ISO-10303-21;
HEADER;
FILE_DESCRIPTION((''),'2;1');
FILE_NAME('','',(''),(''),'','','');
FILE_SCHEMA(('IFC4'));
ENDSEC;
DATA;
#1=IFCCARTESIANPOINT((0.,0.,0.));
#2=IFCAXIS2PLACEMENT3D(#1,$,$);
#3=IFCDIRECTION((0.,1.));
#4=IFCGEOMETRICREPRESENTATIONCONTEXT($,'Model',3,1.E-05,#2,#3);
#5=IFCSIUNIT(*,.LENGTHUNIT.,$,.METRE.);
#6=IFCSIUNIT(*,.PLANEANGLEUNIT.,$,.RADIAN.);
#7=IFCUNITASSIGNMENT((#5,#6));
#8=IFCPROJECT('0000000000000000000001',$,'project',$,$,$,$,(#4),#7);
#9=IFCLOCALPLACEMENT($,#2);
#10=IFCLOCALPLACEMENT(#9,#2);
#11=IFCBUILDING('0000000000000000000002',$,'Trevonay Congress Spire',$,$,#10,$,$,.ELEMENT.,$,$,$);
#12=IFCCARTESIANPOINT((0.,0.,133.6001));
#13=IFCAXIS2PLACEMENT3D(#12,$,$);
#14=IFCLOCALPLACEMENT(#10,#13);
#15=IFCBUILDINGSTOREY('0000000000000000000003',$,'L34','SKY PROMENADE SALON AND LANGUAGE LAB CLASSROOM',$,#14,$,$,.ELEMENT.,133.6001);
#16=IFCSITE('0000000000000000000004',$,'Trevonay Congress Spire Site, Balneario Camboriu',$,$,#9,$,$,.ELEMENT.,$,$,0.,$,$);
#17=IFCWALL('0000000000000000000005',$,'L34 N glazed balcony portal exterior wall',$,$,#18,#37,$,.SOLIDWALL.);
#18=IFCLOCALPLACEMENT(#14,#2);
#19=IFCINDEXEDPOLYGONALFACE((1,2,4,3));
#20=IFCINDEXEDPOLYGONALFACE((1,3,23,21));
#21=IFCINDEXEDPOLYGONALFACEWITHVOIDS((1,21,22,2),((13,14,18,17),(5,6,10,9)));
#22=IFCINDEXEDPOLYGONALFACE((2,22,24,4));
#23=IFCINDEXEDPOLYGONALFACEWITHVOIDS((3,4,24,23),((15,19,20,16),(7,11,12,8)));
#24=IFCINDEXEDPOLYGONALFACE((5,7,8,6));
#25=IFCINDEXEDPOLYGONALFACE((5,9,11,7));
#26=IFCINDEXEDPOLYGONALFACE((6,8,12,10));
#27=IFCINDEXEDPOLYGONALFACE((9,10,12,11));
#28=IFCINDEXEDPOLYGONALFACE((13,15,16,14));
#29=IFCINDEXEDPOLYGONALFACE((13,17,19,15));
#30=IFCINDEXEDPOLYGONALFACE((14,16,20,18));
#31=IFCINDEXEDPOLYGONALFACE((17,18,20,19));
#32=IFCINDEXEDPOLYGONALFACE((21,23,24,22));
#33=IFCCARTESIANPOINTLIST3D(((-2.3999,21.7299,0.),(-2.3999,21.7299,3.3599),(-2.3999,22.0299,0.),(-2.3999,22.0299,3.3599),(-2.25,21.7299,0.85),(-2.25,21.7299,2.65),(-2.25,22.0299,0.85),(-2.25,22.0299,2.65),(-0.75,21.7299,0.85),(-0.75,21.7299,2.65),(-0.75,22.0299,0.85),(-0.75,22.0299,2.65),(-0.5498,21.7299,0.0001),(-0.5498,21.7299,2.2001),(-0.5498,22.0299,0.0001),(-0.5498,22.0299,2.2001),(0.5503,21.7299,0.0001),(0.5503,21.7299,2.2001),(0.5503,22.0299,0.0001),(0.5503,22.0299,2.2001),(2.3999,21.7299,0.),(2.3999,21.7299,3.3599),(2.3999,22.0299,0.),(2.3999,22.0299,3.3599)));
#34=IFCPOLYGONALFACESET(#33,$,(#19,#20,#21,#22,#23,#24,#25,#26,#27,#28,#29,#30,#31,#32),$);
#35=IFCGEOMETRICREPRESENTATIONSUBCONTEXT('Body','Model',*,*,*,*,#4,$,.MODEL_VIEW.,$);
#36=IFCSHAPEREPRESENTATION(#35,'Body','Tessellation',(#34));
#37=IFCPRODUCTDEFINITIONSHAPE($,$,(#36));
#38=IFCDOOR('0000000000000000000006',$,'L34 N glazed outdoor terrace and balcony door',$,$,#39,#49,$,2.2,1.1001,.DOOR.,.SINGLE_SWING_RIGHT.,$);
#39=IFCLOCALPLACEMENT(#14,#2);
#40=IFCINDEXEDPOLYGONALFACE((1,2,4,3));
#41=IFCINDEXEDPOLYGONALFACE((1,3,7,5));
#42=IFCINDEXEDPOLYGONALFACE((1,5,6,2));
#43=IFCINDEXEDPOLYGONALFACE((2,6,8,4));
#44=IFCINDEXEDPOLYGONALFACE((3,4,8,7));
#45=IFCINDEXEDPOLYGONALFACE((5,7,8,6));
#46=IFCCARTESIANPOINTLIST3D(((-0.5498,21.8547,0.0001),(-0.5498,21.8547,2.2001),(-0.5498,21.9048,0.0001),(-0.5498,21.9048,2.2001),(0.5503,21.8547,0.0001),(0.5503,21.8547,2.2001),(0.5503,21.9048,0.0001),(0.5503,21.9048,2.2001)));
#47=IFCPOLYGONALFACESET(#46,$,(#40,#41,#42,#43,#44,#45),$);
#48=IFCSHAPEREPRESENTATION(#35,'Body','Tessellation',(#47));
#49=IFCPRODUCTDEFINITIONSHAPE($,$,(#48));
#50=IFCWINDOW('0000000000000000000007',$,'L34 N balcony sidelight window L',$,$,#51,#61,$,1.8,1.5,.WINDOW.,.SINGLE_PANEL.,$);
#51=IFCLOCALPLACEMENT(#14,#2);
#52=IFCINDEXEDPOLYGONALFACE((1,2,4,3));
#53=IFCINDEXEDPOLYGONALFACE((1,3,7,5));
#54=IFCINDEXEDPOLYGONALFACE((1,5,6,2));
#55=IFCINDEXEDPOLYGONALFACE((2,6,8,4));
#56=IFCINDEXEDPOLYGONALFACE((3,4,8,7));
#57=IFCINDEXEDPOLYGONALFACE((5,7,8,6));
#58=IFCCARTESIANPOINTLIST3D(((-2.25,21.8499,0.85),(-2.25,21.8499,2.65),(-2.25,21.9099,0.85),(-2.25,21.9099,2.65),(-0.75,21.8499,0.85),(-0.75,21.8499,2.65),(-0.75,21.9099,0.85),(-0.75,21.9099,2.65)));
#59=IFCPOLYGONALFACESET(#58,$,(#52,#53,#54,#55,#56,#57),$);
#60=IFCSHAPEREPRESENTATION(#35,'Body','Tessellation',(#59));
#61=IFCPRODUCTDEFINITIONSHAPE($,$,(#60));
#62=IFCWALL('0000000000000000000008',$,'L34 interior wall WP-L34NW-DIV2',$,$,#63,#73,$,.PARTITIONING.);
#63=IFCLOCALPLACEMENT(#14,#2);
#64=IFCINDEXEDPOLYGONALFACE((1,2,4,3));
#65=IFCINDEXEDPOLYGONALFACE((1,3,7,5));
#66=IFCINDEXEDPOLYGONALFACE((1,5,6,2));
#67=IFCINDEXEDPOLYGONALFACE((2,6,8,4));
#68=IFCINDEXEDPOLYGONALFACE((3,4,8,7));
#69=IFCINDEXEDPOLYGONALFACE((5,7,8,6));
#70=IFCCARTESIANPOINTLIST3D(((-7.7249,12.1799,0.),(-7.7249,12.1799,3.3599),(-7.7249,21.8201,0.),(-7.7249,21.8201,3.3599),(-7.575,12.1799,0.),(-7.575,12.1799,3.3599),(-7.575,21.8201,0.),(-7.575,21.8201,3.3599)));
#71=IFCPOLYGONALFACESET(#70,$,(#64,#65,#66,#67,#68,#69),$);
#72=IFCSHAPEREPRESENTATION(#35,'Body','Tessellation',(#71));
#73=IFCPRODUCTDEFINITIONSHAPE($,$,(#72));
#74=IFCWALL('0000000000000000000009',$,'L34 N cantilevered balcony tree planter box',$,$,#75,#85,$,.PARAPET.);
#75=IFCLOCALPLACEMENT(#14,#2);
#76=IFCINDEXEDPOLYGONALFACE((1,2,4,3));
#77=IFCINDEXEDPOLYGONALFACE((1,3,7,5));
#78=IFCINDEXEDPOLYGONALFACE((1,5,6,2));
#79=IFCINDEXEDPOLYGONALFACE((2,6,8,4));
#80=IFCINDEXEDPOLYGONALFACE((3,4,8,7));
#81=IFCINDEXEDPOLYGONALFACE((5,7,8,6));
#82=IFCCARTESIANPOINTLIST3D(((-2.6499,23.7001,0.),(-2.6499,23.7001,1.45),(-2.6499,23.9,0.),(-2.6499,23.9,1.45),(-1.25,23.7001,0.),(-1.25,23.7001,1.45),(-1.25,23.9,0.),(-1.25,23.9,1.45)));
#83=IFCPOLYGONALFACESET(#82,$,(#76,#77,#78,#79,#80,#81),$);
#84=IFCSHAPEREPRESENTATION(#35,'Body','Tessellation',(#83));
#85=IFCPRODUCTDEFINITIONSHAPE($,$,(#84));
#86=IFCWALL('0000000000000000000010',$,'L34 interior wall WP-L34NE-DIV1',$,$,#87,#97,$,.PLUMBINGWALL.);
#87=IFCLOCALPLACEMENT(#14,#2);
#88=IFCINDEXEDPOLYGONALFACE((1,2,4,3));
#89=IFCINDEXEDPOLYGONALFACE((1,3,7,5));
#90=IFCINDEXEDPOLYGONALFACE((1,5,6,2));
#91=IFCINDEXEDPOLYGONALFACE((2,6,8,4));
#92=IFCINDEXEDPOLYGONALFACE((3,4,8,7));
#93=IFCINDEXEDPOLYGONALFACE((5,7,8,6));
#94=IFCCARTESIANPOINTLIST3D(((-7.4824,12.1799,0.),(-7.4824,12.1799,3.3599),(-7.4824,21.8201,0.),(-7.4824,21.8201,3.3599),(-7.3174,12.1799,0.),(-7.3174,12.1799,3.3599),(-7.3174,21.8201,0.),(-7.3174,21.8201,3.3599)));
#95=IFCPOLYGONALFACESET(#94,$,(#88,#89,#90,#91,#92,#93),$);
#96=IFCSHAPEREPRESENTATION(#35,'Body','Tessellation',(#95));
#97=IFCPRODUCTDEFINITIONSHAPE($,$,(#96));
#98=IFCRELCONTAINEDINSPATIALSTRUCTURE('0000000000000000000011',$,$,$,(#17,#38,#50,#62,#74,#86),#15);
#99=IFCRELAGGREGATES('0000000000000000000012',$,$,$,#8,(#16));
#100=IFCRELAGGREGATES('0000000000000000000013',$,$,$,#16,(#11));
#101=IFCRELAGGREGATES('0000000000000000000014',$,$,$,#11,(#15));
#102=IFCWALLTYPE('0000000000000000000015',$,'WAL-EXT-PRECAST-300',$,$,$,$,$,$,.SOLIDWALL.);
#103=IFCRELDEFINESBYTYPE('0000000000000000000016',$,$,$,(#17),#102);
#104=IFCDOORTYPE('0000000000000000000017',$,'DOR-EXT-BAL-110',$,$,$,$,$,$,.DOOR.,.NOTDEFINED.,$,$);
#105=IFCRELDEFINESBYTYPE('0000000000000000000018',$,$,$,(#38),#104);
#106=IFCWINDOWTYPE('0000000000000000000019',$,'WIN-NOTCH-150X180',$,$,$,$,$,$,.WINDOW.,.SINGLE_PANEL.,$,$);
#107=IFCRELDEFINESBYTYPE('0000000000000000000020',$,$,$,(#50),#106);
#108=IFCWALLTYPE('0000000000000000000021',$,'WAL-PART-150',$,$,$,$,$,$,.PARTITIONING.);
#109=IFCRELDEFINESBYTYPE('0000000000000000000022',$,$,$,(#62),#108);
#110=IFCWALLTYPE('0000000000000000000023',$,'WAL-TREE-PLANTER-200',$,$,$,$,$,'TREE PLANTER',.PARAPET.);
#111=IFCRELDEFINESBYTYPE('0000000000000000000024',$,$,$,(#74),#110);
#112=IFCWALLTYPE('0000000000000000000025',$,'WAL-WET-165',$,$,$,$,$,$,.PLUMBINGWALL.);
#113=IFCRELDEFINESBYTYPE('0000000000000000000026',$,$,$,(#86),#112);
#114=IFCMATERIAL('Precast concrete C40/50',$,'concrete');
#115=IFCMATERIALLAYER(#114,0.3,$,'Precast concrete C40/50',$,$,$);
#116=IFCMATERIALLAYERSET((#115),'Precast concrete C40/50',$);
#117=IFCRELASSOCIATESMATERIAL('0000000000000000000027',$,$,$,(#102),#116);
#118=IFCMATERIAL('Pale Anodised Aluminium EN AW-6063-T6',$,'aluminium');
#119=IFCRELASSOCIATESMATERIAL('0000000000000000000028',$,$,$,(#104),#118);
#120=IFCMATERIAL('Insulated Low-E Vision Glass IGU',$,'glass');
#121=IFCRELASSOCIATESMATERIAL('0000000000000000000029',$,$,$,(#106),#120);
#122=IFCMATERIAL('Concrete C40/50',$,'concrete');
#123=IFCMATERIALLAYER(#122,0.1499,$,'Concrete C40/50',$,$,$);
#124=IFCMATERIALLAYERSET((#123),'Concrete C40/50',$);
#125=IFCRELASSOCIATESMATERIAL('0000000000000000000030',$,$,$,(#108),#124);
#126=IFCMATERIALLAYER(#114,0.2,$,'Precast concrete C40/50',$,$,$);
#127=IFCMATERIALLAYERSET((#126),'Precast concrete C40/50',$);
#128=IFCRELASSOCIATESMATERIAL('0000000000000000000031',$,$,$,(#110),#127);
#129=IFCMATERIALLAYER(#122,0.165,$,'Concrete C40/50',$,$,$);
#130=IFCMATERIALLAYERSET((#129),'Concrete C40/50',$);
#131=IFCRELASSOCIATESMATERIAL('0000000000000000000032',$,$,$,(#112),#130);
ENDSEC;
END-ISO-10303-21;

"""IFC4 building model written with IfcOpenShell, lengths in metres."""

from ifc_helpers import new_model, si_unit, direction, frame, frame_2d, origin, place, context, subcontext, project, spatial, rectangle, extrude, material, layer, layer_set, type_object, element, fill, save


model = new_model("IFC4")

# Units and contexts
model_context = context("Model", 3, precision=1e-05, world=origin(), true_north=direction((0.0, 1.0)))
body_context = subcontext(model_context, "Body", "Model", "MODEL_VIEW")
ifc_project = project(units=[si_unit("LENGTHUNIT", "METRE"), si_unit("PLANEANGLEUNIT", "RADIAN")], contexts=[model_context])

# Site, building, storey
site_placement = place(None, origin())
site = spatial("IfcSite", under=ifc_project, at=site_placement, Name="Trevonay Congress Spire Site, Balneario Camboriu", CompositionType="ELEMENT", RefElevation=0.0)
building_placement = place(site_placement, origin())
building = spatial("IfcBuilding", under=site, at=building_placement, Name="Trevonay Congress Spire", CompositionType="ELEMENT")
storey_placement = place(building_placement, frame((0.0, 0.0, 133.6001)))
storey = spatial("IfcBuildingStorey", under=building, at=storey_placement, Name="L34", Description="SKY PROMENADE SALON AND LANGUAGE LAB CLASSROOM", CompositionType="ELEMENT", Elevation=133.6001)

# Shared definitions
ifc_material_1 = material(Name="Pale Anodised Aluminium EN AW-6063-T6", Category="aluminium")

# Shared definitions
ifc_material_2 = material(Name="Insulated Low-E Vision Glass IGU", Category="glass")

# Shared definitions
ifc_material_3 = material(Name="Concrete C40/50", Category="concrete")

# Wall, openings, door, window
ifc_material_4 = material(Name="Precast concrete C40/50", Category="concrete")
ifc_layer_1 = layer(ifc_material_4, 0.3, Name="Precast concrete C40/50")
ifc_layer_set_1 = layer_set([ifc_layer_1], Name="Precast concrete C40/50")
wall_type_1 = type_object("IfcWallType", Name="WAL-EXT-PRECAST-300", PredefinedType="SOLIDWALL", material=ifc_layer_set_1)
wall_1_placement = place(storey_placement, frame((-2.3999, 21.8799, 0.0), z_axis=(0.0, 0.0, 1.0), x_axis=(1.0, 0.0, 0.0)))
wall_1 = element("IfcWall", 1, at=wall_1_placement, inside=storey, type_object=wall_type_1, Name="L34 N glazed balcony portal exterior wall", PredefinedType="SOLIDWALL", context=body_context, shape_type="SweptSolid", body=[
    extrude(rectangle(XDim=4.7998, YDim=0.3, at=frame_2d((2.3999, 0.0))), origin(), (0.0, 0.0, 1.0), 3.3599),
])
opening_1_placement = place(wall_1_placement, frame((1.8501, 0.0, 0.0)))
opening_1 = element("IfcOpeningElement", 2, at=opening_1_placement, cuts=wall_1, PredefinedType="OPENING", context=body_context, shape_type="SweptSolid", body=[
    extrude(rectangle(XDim=1.1001, YDim=2.2, at=frame_2d((0.55, 1.1001))), frame((0.0, 0.1602, 0.0), z_axis=(0.0, -1.0, 0.0), x_axis=(1.0, 0.0, 0.0)), (0.0, 0.0, 1.0), 0.3201),
])
opening_2_placement = place(wall_1_placement, frame((0.1499, 0.0, 0.8501)))
opening_2 = element("IfcOpeningElement", 3, at=opening_2_placement, cuts=wall_1, PredefinedType="OPENING", context=body_context, shape_type="SweptSolid", body=[
    extrude(rectangle(XDim=1.5, YDim=1.8, at=frame_2d((0.75, 0.8999))), frame((0.0, 0.1602, 0.0), z_axis=(0.0, -1.0, 0.0), x_axis=(1.0, 0.0, 0.0)), (0.0, 0.0, 1.0), 0.3201),
])
door_type_1 = type_object("IfcDoorType", Name="DOR-EXT-BAL-110", OperationType="NOTDEFINED", PredefinedType="DOOR", material=ifc_material_1)
door_1_placement = place(opening_1_placement, origin())
door_1 = element("IfcDoor", 4, at=door_1_placement, inside=storey, type_object=door_type_1, Name="L34 N glazed outdoor terrace and balcony door", OperationType="SINGLE_SWING_RIGHT", OverallHeight=2.2, OverallWidth=1.1001, PredefinedType="DOOR", context=body_context, shape_type="SweptSolid", body=[
    extrude(rectangle(XDim=1.1001, YDim=2.2, at=frame_2d((0.55, 1.1001))), frame((0.0, 0.0249, 0.0), z_axis=(0.0, -1.0, 0.0), x_axis=(1.0, 0.0, 0.0)), (0.0, 0.0, 1.0), 0.05),
])
fill(opening_1, door_1)
window_type = type_object("IfcWindowType", Name="WIN-NOTCH-150X180", PartitioningType="SINGLE_PANEL", PredefinedType="WINDOW", material=ifc_material_2)
window_placement = place(opening_2_placement, origin())
window = element("IfcWindow", 5, at=window_placement, inside=storey, type_object=window_type, Name="L34 N balcony sidelight window L", OverallHeight=1.8, OverallWidth=1.5, PartitioningType="SINGLE_PANEL", PredefinedType="WINDOW", context=body_context, shape_type="SweptSolid", body=[
    extrude(rectangle(XDim=1.5, YDim=1.8, at=frame_2d((0.75, 0.8999))), frame((0.0, 0.03, 0.0), z_axis=(0.0, -1.0, 0.0), x_axis=(1.0, 0.0, 0.0)), (0.0, 0.0, 1.0), 0.0601),
])
fill(opening_2, window)

# Walls
ifc_layer_2 = layer(ifc_material_3, 0.1499, Name="Concrete C40/50")
ifc_layer_set_2 = layer_set([ifc_layer_2], Name="Concrete C40/50")
wall_type_2 = type_object("IfcWallType", Name="WAL-PART-150", PredefinedType="PARTITIONING", material=ifc_layer_set_2)
wall_2_placement = place(storey_placement, frame((-7.6499, 12.1799, 0.0), z_axis=(0.0, 0.0, 1.0), x_axis=(0.0, 1.0, 0.0)))
element("IfcWall", 6, at=wall_2_placement, inside=storey, type_object=wall_type_2, Name="L34 interior wall WP-L34NW-DIV2", PredefinedType="PARTITIONING", context=body_context, shape_type="SweptSolid", body=[
    extrude(rectangle(XDim=9.6401, YDim=0.1499, at=frame_2d((4.8201, 0.0))), origin(), (0.0, 0.0, 1.0), 3.3599),
])
ifc_layer_3 = layer(ifc_material_4, 0.2, Name="Precast concrete C40/50")
ifc_layer_set_3 = layer_set([ifc_layer_3], Name="Precast concrete C40/50")
wall_type_3 = type_object("IfcWallType", Name="WAL-TREE-PLANTER-200", ElementType="TREE PLANTER", PredefinedType="PARAPET", material=ifc_layer_set_3)
wall_3_placement = place(storey_placement, frame((-2.6499, 23.8, 0.0), z_axis=(0.0, 0.0, 1.0), x_axis=(1.0, 0.0, 0.0)))
element("IfcWall", 7, at=wall_3_placement, inside=storey, type_object=wall_type_3, Name="L34 N cantilevered balcony tree planter box", PredefinedType="PARAPET", context=body_context, shape_type="SweptSolid", body=[
    extrude(rectangle(XDim=1.3999, YDim=0.2, at=frame_2d((0.7, 0.0))), origin(), (0.0, 0.0, 1.0), 1.45),
])
ifc_layer_4 = layer(ifc_material_3, 0.165, Name="Concrete C40/50")
ifc_layer_set_4 = layer_set([ifc_layer_4], Name="Concrete C40/50")
wall_type_4 = type_object("IfcWallType", Name="WAL-WET-165", PredefinedType="PLUMBINGWALL", material=ifc_layer_set_4)
wall_4_placement = place(storey_placement, frame((-7.3999, 12.1799, 0.0), z_axis=(0.0, 0.0, 1.0), x_axis=(0.0, 1.0, 0.0)))
element("IfcWall", 8, at=wall_4_placement, inside=storey, type_object=wall_type_4, Name="L34 interior wall WP-L34NE-DIV1", PredefinedType="PLUMBINGWALL", context=body_context, shape_type="SweptSolid", body=[
    extrude(rectangle(XDim=9.6401, YDim=0.165, at=frame_2d((4.8201, 0.0))), origin(), (0.0, 0.0, 1.0), 3.3599),
])

save(model, "model.ifc")
